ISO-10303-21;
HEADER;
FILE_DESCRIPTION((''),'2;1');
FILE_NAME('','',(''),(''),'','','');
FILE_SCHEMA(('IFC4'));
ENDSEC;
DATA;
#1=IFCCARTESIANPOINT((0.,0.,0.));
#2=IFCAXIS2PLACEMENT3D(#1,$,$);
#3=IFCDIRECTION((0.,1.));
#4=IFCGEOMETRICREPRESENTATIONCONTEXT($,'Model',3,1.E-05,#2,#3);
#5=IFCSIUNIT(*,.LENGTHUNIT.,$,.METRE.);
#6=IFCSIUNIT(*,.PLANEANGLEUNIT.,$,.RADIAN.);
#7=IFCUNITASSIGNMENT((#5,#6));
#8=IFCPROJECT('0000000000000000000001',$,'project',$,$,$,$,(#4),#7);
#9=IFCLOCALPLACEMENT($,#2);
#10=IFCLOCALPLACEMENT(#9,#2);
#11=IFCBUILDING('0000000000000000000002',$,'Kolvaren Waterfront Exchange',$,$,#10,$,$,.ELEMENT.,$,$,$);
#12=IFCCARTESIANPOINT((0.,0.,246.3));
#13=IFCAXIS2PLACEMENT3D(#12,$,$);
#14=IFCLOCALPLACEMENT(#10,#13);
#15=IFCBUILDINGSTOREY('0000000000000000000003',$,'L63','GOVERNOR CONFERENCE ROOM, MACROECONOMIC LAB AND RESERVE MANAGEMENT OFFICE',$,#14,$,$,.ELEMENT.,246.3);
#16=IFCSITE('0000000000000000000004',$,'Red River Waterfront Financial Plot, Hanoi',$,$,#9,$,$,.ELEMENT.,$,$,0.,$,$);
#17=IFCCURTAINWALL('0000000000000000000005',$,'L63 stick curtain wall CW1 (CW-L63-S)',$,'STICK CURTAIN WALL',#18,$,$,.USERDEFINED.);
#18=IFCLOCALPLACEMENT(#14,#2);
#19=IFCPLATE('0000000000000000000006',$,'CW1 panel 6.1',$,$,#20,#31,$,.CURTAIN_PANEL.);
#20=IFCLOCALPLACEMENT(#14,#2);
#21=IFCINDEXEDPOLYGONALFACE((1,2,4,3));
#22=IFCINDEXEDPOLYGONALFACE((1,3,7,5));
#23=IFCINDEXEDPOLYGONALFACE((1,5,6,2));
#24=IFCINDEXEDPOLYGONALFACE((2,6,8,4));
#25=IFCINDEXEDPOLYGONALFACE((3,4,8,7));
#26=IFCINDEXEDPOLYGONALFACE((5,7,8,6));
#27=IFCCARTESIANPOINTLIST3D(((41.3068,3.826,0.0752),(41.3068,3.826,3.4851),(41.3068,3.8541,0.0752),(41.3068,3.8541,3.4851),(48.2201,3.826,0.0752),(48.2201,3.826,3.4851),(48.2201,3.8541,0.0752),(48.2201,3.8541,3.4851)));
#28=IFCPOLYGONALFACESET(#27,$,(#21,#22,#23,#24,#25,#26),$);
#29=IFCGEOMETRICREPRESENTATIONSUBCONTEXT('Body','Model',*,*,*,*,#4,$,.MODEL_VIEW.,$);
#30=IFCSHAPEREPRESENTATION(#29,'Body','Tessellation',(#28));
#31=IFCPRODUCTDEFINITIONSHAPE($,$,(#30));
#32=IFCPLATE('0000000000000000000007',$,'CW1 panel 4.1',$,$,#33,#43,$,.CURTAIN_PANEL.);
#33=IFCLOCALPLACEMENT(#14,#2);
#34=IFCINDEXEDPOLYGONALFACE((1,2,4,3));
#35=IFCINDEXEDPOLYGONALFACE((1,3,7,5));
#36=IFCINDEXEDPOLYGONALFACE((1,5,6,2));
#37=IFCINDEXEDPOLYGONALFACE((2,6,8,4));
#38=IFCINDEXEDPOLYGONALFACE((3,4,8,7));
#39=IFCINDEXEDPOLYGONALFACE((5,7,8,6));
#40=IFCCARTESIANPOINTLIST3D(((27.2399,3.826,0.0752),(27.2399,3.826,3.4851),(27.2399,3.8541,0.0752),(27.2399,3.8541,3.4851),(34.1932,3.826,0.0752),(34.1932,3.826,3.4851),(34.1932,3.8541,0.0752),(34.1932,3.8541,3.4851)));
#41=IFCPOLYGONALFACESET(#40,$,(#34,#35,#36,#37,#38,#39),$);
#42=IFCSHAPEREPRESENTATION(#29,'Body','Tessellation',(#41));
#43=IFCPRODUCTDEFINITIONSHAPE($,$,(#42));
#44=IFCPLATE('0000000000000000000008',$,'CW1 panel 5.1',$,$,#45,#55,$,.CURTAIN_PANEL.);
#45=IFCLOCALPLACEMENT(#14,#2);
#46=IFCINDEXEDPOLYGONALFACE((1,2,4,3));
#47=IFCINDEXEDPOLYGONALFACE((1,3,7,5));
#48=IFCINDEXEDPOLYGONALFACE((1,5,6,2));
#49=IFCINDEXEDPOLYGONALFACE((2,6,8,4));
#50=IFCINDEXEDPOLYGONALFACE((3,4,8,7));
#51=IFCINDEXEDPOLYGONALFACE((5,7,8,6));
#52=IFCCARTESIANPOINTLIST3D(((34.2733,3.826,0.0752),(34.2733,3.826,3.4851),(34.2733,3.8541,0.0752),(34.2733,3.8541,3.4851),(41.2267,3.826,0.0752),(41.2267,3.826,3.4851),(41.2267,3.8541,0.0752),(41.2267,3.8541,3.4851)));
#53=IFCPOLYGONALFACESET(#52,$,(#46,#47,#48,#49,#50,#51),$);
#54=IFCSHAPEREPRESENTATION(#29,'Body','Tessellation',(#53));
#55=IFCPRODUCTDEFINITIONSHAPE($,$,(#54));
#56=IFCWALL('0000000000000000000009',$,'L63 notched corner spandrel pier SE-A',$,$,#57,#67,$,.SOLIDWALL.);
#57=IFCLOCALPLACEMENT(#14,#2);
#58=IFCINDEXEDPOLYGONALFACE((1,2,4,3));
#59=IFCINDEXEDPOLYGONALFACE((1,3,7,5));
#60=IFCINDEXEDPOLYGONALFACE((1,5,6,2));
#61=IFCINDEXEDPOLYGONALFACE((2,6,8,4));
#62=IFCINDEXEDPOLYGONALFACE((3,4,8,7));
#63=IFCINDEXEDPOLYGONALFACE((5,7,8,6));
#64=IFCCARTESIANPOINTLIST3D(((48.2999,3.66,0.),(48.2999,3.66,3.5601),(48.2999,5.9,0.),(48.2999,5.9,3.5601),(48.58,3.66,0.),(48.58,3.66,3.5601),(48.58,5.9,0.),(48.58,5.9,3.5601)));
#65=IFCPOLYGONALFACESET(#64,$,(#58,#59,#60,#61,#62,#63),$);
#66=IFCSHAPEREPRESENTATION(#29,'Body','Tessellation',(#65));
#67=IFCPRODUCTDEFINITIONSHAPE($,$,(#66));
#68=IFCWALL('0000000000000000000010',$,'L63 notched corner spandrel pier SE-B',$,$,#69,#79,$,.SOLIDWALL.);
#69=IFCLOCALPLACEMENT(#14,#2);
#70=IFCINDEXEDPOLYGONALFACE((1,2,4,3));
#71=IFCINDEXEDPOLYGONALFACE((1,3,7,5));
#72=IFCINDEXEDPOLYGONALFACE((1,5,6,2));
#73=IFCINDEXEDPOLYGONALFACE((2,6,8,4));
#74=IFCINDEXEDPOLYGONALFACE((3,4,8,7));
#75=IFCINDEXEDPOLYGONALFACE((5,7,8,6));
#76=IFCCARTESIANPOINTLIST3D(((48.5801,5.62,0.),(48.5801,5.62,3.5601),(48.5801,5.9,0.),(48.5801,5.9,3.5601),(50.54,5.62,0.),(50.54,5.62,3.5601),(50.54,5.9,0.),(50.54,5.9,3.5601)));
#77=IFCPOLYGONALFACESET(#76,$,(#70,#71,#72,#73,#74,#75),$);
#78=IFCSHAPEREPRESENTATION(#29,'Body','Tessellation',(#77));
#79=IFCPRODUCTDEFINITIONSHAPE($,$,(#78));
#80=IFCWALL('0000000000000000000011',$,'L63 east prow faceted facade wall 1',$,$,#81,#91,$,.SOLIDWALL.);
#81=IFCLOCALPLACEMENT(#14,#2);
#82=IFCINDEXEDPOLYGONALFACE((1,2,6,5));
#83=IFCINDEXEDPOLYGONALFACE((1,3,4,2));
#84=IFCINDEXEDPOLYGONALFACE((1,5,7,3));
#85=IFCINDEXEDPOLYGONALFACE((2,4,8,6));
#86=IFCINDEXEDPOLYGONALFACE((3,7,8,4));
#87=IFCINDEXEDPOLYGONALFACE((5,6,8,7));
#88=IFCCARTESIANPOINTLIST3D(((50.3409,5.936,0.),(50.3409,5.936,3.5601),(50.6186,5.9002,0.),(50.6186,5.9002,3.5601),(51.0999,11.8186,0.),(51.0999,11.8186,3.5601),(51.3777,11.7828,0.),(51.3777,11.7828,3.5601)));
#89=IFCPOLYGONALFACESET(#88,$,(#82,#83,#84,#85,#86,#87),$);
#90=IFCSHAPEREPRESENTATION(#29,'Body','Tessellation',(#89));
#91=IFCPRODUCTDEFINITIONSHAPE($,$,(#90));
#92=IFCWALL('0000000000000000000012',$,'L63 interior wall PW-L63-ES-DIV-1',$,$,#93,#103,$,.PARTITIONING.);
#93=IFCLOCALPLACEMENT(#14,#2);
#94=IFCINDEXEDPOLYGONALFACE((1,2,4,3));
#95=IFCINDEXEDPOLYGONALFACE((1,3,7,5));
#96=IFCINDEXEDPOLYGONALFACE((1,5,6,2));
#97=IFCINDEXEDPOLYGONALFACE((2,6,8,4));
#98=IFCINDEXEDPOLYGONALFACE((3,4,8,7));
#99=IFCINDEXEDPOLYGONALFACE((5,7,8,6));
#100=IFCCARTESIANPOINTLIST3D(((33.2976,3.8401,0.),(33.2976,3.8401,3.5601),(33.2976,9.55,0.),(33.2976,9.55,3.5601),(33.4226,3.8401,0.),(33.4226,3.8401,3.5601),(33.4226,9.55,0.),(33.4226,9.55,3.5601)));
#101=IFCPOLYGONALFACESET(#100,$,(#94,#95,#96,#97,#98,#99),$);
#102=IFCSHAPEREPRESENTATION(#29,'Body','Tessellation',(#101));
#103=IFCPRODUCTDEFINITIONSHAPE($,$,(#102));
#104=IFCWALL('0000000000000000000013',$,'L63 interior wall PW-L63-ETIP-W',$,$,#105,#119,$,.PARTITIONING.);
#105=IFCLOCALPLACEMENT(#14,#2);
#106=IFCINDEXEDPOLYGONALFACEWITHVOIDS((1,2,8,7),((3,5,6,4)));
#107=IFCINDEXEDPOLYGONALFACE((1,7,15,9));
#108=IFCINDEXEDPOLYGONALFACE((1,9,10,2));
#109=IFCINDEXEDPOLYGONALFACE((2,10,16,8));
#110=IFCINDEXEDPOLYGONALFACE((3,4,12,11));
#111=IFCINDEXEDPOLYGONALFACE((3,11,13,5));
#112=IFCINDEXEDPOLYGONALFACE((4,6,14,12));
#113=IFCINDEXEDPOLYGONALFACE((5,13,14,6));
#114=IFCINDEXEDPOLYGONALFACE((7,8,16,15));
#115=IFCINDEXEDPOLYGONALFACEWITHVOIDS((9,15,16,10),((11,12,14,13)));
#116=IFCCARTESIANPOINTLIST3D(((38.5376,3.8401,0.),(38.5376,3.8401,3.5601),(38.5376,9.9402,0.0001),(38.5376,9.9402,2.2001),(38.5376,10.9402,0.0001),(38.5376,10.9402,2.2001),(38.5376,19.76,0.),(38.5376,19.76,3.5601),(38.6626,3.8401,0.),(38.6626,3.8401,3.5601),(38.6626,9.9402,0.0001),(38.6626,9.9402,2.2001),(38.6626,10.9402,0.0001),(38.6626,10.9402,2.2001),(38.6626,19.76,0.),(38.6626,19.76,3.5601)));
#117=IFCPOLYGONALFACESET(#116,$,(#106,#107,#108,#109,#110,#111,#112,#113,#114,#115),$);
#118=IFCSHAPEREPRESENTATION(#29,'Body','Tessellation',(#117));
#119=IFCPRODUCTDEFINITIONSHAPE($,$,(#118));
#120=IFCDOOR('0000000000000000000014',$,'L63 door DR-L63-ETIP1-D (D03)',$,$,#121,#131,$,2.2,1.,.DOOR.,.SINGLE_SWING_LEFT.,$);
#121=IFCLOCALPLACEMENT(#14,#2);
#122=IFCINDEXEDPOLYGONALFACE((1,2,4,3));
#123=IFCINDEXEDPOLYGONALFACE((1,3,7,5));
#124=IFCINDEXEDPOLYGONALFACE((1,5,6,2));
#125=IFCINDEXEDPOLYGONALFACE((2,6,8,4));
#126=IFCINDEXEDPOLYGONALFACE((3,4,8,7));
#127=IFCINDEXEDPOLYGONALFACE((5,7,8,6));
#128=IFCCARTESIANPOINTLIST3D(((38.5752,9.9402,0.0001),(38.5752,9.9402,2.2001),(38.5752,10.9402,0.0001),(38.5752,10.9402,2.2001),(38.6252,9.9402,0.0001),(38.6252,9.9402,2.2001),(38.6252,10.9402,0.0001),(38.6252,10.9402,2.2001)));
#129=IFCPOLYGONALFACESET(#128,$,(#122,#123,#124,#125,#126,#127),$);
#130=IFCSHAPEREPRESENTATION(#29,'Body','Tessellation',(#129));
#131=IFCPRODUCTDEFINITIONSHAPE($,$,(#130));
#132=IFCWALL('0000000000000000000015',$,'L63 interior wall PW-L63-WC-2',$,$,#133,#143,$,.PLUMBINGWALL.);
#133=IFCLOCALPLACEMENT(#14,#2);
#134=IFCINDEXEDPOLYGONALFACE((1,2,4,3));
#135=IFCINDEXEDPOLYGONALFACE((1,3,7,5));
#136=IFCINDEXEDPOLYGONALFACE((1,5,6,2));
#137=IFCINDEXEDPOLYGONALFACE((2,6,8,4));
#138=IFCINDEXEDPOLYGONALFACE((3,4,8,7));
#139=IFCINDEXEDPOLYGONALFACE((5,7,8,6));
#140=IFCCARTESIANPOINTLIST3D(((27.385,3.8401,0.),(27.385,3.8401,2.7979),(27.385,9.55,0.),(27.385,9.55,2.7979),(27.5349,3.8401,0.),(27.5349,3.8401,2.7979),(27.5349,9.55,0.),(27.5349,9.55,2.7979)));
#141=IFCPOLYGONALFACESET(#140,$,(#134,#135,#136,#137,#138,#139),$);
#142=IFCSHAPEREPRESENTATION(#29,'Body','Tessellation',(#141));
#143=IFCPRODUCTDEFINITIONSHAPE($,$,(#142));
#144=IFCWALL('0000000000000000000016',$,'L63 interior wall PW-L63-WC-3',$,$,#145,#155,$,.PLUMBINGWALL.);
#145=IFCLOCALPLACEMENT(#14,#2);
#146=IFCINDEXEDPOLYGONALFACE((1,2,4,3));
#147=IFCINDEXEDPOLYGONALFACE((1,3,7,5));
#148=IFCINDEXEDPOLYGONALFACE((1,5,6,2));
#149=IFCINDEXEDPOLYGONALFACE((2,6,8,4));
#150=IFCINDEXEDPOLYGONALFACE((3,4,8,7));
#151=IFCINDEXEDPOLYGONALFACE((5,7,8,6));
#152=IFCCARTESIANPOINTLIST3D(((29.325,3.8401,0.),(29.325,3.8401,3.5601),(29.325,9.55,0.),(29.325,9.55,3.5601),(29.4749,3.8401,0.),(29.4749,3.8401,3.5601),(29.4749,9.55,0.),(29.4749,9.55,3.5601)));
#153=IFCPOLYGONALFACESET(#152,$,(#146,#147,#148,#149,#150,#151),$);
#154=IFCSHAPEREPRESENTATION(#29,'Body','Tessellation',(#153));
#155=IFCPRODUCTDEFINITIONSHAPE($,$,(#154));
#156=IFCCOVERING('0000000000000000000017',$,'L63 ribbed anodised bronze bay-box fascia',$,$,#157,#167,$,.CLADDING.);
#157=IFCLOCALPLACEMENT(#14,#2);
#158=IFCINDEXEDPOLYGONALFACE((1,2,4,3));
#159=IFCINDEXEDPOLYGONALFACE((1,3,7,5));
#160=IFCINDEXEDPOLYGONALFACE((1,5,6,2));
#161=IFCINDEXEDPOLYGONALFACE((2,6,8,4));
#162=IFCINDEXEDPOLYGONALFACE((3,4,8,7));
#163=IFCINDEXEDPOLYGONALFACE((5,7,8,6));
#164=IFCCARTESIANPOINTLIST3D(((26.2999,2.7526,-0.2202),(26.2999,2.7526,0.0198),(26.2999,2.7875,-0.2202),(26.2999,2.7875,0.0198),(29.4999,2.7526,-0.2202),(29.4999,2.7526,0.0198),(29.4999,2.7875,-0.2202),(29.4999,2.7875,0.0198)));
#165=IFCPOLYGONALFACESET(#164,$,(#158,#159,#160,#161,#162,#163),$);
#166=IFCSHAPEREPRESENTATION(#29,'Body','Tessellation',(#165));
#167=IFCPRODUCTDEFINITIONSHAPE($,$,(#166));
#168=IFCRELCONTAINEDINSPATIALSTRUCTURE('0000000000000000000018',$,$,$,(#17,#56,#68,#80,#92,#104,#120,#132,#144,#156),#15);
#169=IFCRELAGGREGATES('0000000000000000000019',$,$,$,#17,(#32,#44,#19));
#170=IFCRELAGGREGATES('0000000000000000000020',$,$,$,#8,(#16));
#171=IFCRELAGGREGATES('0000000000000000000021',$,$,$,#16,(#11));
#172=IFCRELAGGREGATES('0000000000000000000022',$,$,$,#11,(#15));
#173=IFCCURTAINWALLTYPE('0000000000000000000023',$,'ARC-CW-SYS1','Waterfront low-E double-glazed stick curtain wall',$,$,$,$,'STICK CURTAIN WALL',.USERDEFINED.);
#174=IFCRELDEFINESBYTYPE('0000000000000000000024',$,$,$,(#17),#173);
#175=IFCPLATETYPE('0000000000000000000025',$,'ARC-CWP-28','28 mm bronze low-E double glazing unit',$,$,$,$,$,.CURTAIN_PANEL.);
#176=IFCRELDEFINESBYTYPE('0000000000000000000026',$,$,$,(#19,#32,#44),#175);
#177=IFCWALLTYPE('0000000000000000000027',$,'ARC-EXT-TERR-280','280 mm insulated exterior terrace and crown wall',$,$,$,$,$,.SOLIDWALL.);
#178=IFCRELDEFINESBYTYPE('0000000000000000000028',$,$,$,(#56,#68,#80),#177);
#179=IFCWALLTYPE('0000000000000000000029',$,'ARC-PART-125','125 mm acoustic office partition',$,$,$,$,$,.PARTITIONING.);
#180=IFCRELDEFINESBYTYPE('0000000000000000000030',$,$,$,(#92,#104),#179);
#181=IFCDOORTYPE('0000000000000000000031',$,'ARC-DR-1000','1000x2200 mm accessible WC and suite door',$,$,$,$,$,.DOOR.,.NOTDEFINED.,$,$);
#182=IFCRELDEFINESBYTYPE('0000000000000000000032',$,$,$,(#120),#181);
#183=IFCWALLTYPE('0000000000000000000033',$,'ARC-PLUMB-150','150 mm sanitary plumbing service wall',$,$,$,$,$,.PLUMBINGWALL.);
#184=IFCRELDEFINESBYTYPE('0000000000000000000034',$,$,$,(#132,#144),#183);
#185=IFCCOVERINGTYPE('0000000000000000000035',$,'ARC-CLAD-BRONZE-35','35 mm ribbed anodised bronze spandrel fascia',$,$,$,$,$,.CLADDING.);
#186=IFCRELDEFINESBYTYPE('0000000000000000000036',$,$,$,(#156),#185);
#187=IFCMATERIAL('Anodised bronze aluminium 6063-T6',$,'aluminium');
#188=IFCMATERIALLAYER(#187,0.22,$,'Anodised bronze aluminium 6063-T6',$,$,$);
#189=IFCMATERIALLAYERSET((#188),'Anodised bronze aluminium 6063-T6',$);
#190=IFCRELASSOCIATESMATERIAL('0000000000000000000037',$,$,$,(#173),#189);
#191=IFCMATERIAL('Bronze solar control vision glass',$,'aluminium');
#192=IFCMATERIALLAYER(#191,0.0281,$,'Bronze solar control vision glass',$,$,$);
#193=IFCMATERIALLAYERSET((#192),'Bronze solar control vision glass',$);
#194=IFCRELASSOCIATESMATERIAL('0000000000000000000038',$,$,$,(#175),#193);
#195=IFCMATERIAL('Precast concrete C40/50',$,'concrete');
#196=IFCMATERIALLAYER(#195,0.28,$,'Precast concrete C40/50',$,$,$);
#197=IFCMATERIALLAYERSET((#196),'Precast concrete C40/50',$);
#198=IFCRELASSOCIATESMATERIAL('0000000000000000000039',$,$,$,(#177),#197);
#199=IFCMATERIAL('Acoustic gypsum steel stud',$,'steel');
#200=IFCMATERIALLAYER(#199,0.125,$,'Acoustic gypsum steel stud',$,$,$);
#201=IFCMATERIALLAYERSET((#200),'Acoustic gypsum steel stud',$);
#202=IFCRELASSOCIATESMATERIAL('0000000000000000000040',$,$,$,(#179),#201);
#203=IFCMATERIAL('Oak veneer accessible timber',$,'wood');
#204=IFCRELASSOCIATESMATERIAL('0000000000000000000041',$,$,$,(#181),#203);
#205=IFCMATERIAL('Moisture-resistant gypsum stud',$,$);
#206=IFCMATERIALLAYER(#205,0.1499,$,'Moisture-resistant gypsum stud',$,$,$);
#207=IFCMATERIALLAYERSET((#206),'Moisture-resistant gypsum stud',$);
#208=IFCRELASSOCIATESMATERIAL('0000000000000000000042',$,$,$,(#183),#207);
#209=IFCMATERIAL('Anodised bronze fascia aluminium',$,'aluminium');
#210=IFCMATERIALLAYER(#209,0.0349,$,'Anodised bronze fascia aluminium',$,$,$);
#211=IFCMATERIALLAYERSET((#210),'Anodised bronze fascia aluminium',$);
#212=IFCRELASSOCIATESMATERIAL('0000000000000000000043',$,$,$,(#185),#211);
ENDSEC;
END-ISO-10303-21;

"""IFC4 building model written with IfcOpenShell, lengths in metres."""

from ifc_helpers import new_model, si_unit, direction, frame, frame_2d, origin, origin_with_axes, origin_2d, place, context, subcontext, project, spatial, rectangle, extrude, source, transform, mapped, material, layer, layer_set, type_object, element, fill, aggregate, save


model = new_model("IFC4")

# Units and contexts
model_context = context("Model", 3, precision=1e-05, world=origin(), true_north=direction((0.0, 1.0)))
body_context = subcontext(model_context, "Body", "Model", "MODEL_VIEW")
ifc_project = project(units=[si_unit("LENGTHUNIT", "METRE"), si_unit("PLANEANGLEUNIT", "RADIAN")], contexts=[model_context])

# Site, building, storey
site_placement = place(None, origin())
site = spatial("IfcSite", under=ifc_project, at=site_placement, Name="Red River Waterfront Financial Plot, Hanoi", CompositionType="ELEMENT", RefElevation=0.0)
building_placement = place(site_placement, origin())
building = spatial("IfcBuilding", under=site, at=building_placement, Name="Kolvaren Waterfront Exchange", CompositionType="ELEMENT")
storey_placement = place(building_placement, frame((0.0, 0.0, 246.3)))
storey = spatial("IfcBuildingStorey", under=building, at=storey_placement, Name="L63", Description="GOVERNOR CONFERENCE ROOM, MACROECONOMIC LAB AND RESERVE MANAGEMENT OFFICE", CompositionType="ELEMENT", Elevation=246.3)

# Shared definitions
ifc_material_1 = material(Name="Anodised bronze aluminium 6063-T6", Category="aluminium")

# Curtain wall
ifc_layer_1 = layer(ifc_material_1, 0.22, Name="Anodised bronze aluminium 6063-T6")
ifc_layer_set_1 = layer_set([ifc_layer_1], Name="Anodised bronze aluminium 6063-T6")
curtain_wall_type_1 = type_object("IfcCurtainWallType", Name="ARC-CW-SYS1", Description="Waterfront low-E double-glazed stick curtain wall", ElementType="STICK CURTAIN WALL", PredefinedType="USERDEFINED", material=ifc_layer_set_1)
curtain_wall_1_placement = place(storey_placement, origin())
curtain_wall_1 = element("IfcCurtainWall", 1, at=curtain_wall_1_placement, inside=storey, type_object=curtain_wall_type_1, Name="L63 stick curtain wall CW1 (CW-L63-S)", ObjectType="STICK CURTAIN WALL", PredefinedType="USERDEFINED")

# Plates
ifc_material_2 = material(Name="Bronze solar control vision glass", Category="aluminium")
ifc_layer_2 = layer(ifc_material_2, 0.0281, Name="Bronze solar control vision glass")
ifc_layer_set_2 = layer_set([ifc_layer_2], Name="Bronze solar control vision glass")
plate_type_1 = type_object("IfcPlateType", Name="ARC-CWP-28", Description="28 mm bronze low-E double glazing unit", PredefinedType="CURTAIN_PANEL", material=ifc_layer_set_2)
shared_shape_1 = source(origin_with_axes(), body_context, "Body", "SweptSolid", [
    extrude(rectangle(XDim=6.9133, YDim=0.0281, at=origin_2d()), origin(), (0.0, 0.0, 1.0), 3.4099),
])
plate_1_placement = place(storey_placement, frame((44.7634, 3.8401, 0.0752), z_axis=(0.0, 0.0, 1.0), x_axis=(1.0, 0.0, 0.0)))
plate_1 = element("IfcPlate", 2, at=plate_1_placement, type_object=plate_type_1, Name="CW1 panel 6.1", PredefinedType="CURTAIN_PANEL", context=body_context, shape_type="MappedRepresentation", body=[
    mapped(shared_shape_1, transform((0.0, 0.0, 0.0), x_axis=(1.0, 0.0, 0.0), y_axis=(0.0, 1.0, 0.0), z_axis=(0.0, 0.0, 1.0), scale=1.0)),
])
shared_shape_2 = source(origin_with_axes(), body_context, "Body", "SweptSolid", [
    extrude(rectangle(XDim=6.9534, YDim=0.0281, at=origin_2d()), origin(), (0.0, 0.0, 1.0), 3.4099),
])
plate_2_placement = place(storey_placement, frame((30.7166, 3.8401, 0.0752), z_axis=(0.0, 0.0, 1.0), x_axis=(1.0, 0.0, 0.0)))
plate_2 = element("IfcPlate", 3, at=plate_2_placement, type_object=plate_type_1, Name="CW1 panel 4.1", PredefinedType="CURTAIN_PANEL", context=body_context, shape_type="MappedRepresentation", body=[
    mapped(shared_shape_2, transform((0.0, 0.0, 0.0), x_axis=(1.0, 0.0, 0.0), y_axis=(0.0, 1.0, 0.0), z_axis=(0.0, 0.0, 1.0), scale=1.0)),
])
plate_3_placement = place(storey_placement, frame((37.75, 3.8401, 0.0752), z_axis=(0.0, 0.0, 1.0), x_axis=(1.0, 0.0, 0.0)))
plate_3 = element("IfcPlate", 4, at=plate_3_placement, type_object=plate_type_1, Name="CW1 panel 5.1", PredefinedType="CURTAIN_PANEL", context=body_context, shape_type="MappedRepresentation", body=[
    mapped(shared_shape_2, transform((0.0, 0.0, 0.0), x_axis=(1.0, 0.0, 0.0), y_axis=(0.0, 1.0, 0.0), z_axis=(0.0, 0.0, 1.0), scale=1.0)),
])
aggregate(curtain_wall_1, [plate_2, plate_3, plate_1])

# Walls
ifc_material_3 = material(Name="Precast concrete C40/50", Category="concrete")
ifc_layer_3 = layer(ifc_material_3, 0.28, Name="Precast concrete C40/50")
ifc_layer_set_3 = layer_set([ifc_layer_3], Name="Precast concrete C40/50")
wall_type_1 = type_object("IfcWallType", Name="ARC-EXT-TERR-280", Description="280 mm insulated exterior terrace and crown wall", PredefinedType="SOLIDWALL", material=ifc_layer_set_3)
wall_1_placement = place(storey_placement, frame((48.4399, 3.6599, 0.0), z_axis=(0.0, 0.0, 1.0), x_axis=(0.0, 1.0, 0.0)))
element("IfcWall", 5, at=wall_1_placement, inside=storey, type_object=wall_type_1, Name="L63 notched corner spandrel pier SE-A", PredefinedType="SOLIDWALL", context=body_context, shape_type="SweptSolid", body=[
    extrude(rectangle(XDim=2.24, YDim=0.28, at=frame_2d((1.1201, 0.0))), origin(), (0.0, 0.0, 1.0), 3.5601),
])
wall_2_placement = place(storey_placement, frame((48.5801, 5.76, 0.0), z_axis=(0.0, 0.0, 1.0), x_axis=(1.0, 0.0, 0.0)))
element("IfcWall", 6, at=wall_2_placement, inside=storey, type_object=wall_type_1, Name="L63 notched corner spandrel pier SE-B", PredefinedType="SOLIDWALL", context=body_context, shape_type="SweptSolid", body=[
    extrude(rectangle(XDim=1.96, YDim=0.28, at=frame_2d((0.98, 0.0))), origin(), (0.0, 0.0, 1.0), 3.5601),
])
wall_3_placement = place(storey_placement, frame((50.4797, 5.918, 0.0), z_axis=(0.0, 0.0, 1.0), x_axis=(0.12797, 0.991778, 0.0)))
element("IfcWall", 7, at=wall_3_placement, inside=storey, type_object=wall_type_1, Name="L63 east prow faceted facade wall 1", PredefinedType="SOLIDWALL", context=body_context, shape_type="SweptSolid", body=[
    extrude(rectangle(XDim=5.9314, YDim=0.28, at=frame_2d((2.9658, 0.0))), origin(), (0.0, 0.0, 1.0), 3.5601),
])
ifc_material_4 = material(Name="Acoustic gypsum steel stud", Category="steel")
ifc_layer_4 = layer(ifc_material_4, 0.125, Name="Acoustic gypsum steel stud")
ifc_layer_set_4 = layer_set([ifc_layer_4], Name="Acoustic gypsum steel stud")
wall_type_2 = type_object("IfcWallType", Name="ARC-PART-125", Description="125 mm acoustic office partition", PredefinedType="PARTITIONING", material=ifc_layer_set_4)
wall_4_placement = place(storey_placement, frame((33.3601, 3.8401, 0.0), z_axis=(0.0, 0.0, 1.0), x_axis=(0.0, 1.0, 0.0)))
element("IfcWall", 8, at=wall_4_placement, inside=storey, type_object=wall_type_2, Name="L63 interior wall PW-L63-ES-DIV-1", PredefinedType="PARTITIONING", context=body_context, shape_type="SweptSolid", body=[
    extrude(rectangle(XDim=5.71, YDim=0.125, at=frame_2d((2.855, 0.0))), origin(), (0.0, 0.0, 1.0), 3.5601),
])

# Wall, opening, door
wall_5_placement = place(storey_placement, frame((38.6001, 3.8401, 0.0), z_axis=(0.0, 0.0, 1.0), x_axis=(0.0, 1.0, 0.0)))
wall_5 = element("IfcWall", 9, at=wall_5_placement, inside=storey, type_object=wall_type_2, Name="L63 interior wall PW-L63-ETIP-W", PredefinedType="PARTITIONING", context=body_context, shape_type="SweptSolid", body=[
    extrude(rectangle(XDim=15.9199, YDim=0.125, at=frame_2d((7.96, 0.0))), origin(), (0.0, 0.0, 1.0), 3.5601),
])
opening_placement = place(wall_5_placement, frame((6.1001, 0.0, 0.0)))
opening = element("IfcOpeningElement", 10, at=opening_placement, cuts=wall_5, PredefinedType="OPENING", context=body_context, shape_type="SweptSolid", body=[
    extrude(rectangle(XDim=1.0, YDim=2.2, at=frame_2d((0.5, 1.1001))), frame((0.0, 0.0725, 0.0), z_axis=(0.0, -1.0, 0.0), x_axis=(1.0, 0.0, 0.0)), (0.0, 0.0, 1.0), 0.145),
])
ifc_material_5 = material(Name="Oak veneer accessible timber", Category="wood")
door_type = type_object("IfcDoorType", Name="ARC-DR-1000", Description="1000x2200 mm accessible WC and suite door", OperationType="NOTDEFINED", PredefinedType="DOOR", material=ifc_material_5)
door_placement = place(opening_placement, origin())
door = element("IfcDoor", 11, at=door_placement, inside=storey, type_object=door_type, Name="L63 door DR-L63-ETIP1-D (D03)", OperationType="SINGLE_SWING_LEFT", OverallHeight=2.2, OverallWidth=1.0, PredefinedType="DOOR", context=body_context, shape_type="SweptSolid", body=[
    extrude(rectangle(XDim=1.0, YDim=2.2, at=frame_2d((0.5, 1.1001))), frame((0.0, 0.0249, 0.0), z_axis=(0.0, -1.0, 0.0), x_axis=(1.0, 0.0, 0.0)), (0.0, 0.0, 1.0), 0.05),
])
fill(opening, door)

# Walls
ifc_material_6 = material(Name="Moisture-resistant gypsum stud")
ifc_layer_5 = layer(ifc_material_6, 0.1499, Name="Moisture-resistant gypsum stud")
ifc_layer_set_5 = layer_set([ifc_layer_5], Name="Moisture-resistant gypsum stud")
wall_type_3 = type_object("IfcWallType", Name="ARC-PLUMB-150", Description="150 mm sanitary plumbing service wall", PredefinedType="PLUMBINGWALL", material=ifc_layer_set_5)
wall_6_placement = place(storey_placement, frame((27.46, 3.8401, 0.0), z_axis=(0.0, 0.0, 1.0), x_axis=(0.0, 1.0, 0.0)))
element("IfcWall", 12, at=wall_6_placement, inside=storey, type_object=wall_type_3, Name="L63 interior wall PW-L63-WC-2", PredefinedType="PLUMBINGWALL", context=body_context, shape_type="SweptSolid", body=[
    extrude(rectangle(XDim=5.71, YDim=0.1499, at=frame_2d((2.855, 0.0))), origin(), (0.0, 0.0, 1.0), 2.7979),
])
wall_7_placement = place(storey_placement, frame((29.3999, 3.8401, 0.0), z_axis=(0.0, 0.0, 1.0), x_axis=(0.0, 1.0, 0.0)))
element("IfcWall", 13, at=wall_7_placement, inside=storey, type_object=wall_type_3, Name="L63 interior wall PW-L63-WC-3", PredefinedType="PLUMBINGWALL", context=body_context, shape_type="SweptSolid", body=[
    extrude(rectangle(XDim=5.71, YDim=0.1499, at=frame_2d((2.855, 0.0))), origin(), (0.0, 0.0, 1.0), 3.5601),
])

# Covering
ifc_material_7 = material(Name="Anodised bronze fascia aluminium", Category="aluminium")
ifc_layer_6 = layer(ifc_material_7, 0.0349, Name="Anodised bronze fascia aluminium")
ifc_layer_set_6 = layer_set([ifc_layer_6], Name="Anodised bronze fascia aluminium")
covering_type = type_object("IfcCoveringType", Name="ARC-CLAD-BRONZE-35", Description="35 mm ribbed anodised bronze spandrel fascia", PredefinedType="CLADDING", material=ifc_layer_set_6)
covering_placement = place(storey_placement, frame((27.8999, 2.77, -0.2202), z_axis=(0.0, 0.0, 1.0), x_axis=(1.0, 0.0, 0.0)))
element("IfcCovering", 14, at=covering_placement, inside=storey, type_object=covering_type, Name="L63 ribbed anodised bronze bay-box fascia", PredefinedType="CLADDING", context=body_context, shape_type="SweptSolid", body=[
    extrude(rectangle(XDim=3.2, YDim=0.0349, at=origin_2d()), origin(), (0.0, 0.0, 1.0), 0.24),
])

save(model, "model.ifc")
